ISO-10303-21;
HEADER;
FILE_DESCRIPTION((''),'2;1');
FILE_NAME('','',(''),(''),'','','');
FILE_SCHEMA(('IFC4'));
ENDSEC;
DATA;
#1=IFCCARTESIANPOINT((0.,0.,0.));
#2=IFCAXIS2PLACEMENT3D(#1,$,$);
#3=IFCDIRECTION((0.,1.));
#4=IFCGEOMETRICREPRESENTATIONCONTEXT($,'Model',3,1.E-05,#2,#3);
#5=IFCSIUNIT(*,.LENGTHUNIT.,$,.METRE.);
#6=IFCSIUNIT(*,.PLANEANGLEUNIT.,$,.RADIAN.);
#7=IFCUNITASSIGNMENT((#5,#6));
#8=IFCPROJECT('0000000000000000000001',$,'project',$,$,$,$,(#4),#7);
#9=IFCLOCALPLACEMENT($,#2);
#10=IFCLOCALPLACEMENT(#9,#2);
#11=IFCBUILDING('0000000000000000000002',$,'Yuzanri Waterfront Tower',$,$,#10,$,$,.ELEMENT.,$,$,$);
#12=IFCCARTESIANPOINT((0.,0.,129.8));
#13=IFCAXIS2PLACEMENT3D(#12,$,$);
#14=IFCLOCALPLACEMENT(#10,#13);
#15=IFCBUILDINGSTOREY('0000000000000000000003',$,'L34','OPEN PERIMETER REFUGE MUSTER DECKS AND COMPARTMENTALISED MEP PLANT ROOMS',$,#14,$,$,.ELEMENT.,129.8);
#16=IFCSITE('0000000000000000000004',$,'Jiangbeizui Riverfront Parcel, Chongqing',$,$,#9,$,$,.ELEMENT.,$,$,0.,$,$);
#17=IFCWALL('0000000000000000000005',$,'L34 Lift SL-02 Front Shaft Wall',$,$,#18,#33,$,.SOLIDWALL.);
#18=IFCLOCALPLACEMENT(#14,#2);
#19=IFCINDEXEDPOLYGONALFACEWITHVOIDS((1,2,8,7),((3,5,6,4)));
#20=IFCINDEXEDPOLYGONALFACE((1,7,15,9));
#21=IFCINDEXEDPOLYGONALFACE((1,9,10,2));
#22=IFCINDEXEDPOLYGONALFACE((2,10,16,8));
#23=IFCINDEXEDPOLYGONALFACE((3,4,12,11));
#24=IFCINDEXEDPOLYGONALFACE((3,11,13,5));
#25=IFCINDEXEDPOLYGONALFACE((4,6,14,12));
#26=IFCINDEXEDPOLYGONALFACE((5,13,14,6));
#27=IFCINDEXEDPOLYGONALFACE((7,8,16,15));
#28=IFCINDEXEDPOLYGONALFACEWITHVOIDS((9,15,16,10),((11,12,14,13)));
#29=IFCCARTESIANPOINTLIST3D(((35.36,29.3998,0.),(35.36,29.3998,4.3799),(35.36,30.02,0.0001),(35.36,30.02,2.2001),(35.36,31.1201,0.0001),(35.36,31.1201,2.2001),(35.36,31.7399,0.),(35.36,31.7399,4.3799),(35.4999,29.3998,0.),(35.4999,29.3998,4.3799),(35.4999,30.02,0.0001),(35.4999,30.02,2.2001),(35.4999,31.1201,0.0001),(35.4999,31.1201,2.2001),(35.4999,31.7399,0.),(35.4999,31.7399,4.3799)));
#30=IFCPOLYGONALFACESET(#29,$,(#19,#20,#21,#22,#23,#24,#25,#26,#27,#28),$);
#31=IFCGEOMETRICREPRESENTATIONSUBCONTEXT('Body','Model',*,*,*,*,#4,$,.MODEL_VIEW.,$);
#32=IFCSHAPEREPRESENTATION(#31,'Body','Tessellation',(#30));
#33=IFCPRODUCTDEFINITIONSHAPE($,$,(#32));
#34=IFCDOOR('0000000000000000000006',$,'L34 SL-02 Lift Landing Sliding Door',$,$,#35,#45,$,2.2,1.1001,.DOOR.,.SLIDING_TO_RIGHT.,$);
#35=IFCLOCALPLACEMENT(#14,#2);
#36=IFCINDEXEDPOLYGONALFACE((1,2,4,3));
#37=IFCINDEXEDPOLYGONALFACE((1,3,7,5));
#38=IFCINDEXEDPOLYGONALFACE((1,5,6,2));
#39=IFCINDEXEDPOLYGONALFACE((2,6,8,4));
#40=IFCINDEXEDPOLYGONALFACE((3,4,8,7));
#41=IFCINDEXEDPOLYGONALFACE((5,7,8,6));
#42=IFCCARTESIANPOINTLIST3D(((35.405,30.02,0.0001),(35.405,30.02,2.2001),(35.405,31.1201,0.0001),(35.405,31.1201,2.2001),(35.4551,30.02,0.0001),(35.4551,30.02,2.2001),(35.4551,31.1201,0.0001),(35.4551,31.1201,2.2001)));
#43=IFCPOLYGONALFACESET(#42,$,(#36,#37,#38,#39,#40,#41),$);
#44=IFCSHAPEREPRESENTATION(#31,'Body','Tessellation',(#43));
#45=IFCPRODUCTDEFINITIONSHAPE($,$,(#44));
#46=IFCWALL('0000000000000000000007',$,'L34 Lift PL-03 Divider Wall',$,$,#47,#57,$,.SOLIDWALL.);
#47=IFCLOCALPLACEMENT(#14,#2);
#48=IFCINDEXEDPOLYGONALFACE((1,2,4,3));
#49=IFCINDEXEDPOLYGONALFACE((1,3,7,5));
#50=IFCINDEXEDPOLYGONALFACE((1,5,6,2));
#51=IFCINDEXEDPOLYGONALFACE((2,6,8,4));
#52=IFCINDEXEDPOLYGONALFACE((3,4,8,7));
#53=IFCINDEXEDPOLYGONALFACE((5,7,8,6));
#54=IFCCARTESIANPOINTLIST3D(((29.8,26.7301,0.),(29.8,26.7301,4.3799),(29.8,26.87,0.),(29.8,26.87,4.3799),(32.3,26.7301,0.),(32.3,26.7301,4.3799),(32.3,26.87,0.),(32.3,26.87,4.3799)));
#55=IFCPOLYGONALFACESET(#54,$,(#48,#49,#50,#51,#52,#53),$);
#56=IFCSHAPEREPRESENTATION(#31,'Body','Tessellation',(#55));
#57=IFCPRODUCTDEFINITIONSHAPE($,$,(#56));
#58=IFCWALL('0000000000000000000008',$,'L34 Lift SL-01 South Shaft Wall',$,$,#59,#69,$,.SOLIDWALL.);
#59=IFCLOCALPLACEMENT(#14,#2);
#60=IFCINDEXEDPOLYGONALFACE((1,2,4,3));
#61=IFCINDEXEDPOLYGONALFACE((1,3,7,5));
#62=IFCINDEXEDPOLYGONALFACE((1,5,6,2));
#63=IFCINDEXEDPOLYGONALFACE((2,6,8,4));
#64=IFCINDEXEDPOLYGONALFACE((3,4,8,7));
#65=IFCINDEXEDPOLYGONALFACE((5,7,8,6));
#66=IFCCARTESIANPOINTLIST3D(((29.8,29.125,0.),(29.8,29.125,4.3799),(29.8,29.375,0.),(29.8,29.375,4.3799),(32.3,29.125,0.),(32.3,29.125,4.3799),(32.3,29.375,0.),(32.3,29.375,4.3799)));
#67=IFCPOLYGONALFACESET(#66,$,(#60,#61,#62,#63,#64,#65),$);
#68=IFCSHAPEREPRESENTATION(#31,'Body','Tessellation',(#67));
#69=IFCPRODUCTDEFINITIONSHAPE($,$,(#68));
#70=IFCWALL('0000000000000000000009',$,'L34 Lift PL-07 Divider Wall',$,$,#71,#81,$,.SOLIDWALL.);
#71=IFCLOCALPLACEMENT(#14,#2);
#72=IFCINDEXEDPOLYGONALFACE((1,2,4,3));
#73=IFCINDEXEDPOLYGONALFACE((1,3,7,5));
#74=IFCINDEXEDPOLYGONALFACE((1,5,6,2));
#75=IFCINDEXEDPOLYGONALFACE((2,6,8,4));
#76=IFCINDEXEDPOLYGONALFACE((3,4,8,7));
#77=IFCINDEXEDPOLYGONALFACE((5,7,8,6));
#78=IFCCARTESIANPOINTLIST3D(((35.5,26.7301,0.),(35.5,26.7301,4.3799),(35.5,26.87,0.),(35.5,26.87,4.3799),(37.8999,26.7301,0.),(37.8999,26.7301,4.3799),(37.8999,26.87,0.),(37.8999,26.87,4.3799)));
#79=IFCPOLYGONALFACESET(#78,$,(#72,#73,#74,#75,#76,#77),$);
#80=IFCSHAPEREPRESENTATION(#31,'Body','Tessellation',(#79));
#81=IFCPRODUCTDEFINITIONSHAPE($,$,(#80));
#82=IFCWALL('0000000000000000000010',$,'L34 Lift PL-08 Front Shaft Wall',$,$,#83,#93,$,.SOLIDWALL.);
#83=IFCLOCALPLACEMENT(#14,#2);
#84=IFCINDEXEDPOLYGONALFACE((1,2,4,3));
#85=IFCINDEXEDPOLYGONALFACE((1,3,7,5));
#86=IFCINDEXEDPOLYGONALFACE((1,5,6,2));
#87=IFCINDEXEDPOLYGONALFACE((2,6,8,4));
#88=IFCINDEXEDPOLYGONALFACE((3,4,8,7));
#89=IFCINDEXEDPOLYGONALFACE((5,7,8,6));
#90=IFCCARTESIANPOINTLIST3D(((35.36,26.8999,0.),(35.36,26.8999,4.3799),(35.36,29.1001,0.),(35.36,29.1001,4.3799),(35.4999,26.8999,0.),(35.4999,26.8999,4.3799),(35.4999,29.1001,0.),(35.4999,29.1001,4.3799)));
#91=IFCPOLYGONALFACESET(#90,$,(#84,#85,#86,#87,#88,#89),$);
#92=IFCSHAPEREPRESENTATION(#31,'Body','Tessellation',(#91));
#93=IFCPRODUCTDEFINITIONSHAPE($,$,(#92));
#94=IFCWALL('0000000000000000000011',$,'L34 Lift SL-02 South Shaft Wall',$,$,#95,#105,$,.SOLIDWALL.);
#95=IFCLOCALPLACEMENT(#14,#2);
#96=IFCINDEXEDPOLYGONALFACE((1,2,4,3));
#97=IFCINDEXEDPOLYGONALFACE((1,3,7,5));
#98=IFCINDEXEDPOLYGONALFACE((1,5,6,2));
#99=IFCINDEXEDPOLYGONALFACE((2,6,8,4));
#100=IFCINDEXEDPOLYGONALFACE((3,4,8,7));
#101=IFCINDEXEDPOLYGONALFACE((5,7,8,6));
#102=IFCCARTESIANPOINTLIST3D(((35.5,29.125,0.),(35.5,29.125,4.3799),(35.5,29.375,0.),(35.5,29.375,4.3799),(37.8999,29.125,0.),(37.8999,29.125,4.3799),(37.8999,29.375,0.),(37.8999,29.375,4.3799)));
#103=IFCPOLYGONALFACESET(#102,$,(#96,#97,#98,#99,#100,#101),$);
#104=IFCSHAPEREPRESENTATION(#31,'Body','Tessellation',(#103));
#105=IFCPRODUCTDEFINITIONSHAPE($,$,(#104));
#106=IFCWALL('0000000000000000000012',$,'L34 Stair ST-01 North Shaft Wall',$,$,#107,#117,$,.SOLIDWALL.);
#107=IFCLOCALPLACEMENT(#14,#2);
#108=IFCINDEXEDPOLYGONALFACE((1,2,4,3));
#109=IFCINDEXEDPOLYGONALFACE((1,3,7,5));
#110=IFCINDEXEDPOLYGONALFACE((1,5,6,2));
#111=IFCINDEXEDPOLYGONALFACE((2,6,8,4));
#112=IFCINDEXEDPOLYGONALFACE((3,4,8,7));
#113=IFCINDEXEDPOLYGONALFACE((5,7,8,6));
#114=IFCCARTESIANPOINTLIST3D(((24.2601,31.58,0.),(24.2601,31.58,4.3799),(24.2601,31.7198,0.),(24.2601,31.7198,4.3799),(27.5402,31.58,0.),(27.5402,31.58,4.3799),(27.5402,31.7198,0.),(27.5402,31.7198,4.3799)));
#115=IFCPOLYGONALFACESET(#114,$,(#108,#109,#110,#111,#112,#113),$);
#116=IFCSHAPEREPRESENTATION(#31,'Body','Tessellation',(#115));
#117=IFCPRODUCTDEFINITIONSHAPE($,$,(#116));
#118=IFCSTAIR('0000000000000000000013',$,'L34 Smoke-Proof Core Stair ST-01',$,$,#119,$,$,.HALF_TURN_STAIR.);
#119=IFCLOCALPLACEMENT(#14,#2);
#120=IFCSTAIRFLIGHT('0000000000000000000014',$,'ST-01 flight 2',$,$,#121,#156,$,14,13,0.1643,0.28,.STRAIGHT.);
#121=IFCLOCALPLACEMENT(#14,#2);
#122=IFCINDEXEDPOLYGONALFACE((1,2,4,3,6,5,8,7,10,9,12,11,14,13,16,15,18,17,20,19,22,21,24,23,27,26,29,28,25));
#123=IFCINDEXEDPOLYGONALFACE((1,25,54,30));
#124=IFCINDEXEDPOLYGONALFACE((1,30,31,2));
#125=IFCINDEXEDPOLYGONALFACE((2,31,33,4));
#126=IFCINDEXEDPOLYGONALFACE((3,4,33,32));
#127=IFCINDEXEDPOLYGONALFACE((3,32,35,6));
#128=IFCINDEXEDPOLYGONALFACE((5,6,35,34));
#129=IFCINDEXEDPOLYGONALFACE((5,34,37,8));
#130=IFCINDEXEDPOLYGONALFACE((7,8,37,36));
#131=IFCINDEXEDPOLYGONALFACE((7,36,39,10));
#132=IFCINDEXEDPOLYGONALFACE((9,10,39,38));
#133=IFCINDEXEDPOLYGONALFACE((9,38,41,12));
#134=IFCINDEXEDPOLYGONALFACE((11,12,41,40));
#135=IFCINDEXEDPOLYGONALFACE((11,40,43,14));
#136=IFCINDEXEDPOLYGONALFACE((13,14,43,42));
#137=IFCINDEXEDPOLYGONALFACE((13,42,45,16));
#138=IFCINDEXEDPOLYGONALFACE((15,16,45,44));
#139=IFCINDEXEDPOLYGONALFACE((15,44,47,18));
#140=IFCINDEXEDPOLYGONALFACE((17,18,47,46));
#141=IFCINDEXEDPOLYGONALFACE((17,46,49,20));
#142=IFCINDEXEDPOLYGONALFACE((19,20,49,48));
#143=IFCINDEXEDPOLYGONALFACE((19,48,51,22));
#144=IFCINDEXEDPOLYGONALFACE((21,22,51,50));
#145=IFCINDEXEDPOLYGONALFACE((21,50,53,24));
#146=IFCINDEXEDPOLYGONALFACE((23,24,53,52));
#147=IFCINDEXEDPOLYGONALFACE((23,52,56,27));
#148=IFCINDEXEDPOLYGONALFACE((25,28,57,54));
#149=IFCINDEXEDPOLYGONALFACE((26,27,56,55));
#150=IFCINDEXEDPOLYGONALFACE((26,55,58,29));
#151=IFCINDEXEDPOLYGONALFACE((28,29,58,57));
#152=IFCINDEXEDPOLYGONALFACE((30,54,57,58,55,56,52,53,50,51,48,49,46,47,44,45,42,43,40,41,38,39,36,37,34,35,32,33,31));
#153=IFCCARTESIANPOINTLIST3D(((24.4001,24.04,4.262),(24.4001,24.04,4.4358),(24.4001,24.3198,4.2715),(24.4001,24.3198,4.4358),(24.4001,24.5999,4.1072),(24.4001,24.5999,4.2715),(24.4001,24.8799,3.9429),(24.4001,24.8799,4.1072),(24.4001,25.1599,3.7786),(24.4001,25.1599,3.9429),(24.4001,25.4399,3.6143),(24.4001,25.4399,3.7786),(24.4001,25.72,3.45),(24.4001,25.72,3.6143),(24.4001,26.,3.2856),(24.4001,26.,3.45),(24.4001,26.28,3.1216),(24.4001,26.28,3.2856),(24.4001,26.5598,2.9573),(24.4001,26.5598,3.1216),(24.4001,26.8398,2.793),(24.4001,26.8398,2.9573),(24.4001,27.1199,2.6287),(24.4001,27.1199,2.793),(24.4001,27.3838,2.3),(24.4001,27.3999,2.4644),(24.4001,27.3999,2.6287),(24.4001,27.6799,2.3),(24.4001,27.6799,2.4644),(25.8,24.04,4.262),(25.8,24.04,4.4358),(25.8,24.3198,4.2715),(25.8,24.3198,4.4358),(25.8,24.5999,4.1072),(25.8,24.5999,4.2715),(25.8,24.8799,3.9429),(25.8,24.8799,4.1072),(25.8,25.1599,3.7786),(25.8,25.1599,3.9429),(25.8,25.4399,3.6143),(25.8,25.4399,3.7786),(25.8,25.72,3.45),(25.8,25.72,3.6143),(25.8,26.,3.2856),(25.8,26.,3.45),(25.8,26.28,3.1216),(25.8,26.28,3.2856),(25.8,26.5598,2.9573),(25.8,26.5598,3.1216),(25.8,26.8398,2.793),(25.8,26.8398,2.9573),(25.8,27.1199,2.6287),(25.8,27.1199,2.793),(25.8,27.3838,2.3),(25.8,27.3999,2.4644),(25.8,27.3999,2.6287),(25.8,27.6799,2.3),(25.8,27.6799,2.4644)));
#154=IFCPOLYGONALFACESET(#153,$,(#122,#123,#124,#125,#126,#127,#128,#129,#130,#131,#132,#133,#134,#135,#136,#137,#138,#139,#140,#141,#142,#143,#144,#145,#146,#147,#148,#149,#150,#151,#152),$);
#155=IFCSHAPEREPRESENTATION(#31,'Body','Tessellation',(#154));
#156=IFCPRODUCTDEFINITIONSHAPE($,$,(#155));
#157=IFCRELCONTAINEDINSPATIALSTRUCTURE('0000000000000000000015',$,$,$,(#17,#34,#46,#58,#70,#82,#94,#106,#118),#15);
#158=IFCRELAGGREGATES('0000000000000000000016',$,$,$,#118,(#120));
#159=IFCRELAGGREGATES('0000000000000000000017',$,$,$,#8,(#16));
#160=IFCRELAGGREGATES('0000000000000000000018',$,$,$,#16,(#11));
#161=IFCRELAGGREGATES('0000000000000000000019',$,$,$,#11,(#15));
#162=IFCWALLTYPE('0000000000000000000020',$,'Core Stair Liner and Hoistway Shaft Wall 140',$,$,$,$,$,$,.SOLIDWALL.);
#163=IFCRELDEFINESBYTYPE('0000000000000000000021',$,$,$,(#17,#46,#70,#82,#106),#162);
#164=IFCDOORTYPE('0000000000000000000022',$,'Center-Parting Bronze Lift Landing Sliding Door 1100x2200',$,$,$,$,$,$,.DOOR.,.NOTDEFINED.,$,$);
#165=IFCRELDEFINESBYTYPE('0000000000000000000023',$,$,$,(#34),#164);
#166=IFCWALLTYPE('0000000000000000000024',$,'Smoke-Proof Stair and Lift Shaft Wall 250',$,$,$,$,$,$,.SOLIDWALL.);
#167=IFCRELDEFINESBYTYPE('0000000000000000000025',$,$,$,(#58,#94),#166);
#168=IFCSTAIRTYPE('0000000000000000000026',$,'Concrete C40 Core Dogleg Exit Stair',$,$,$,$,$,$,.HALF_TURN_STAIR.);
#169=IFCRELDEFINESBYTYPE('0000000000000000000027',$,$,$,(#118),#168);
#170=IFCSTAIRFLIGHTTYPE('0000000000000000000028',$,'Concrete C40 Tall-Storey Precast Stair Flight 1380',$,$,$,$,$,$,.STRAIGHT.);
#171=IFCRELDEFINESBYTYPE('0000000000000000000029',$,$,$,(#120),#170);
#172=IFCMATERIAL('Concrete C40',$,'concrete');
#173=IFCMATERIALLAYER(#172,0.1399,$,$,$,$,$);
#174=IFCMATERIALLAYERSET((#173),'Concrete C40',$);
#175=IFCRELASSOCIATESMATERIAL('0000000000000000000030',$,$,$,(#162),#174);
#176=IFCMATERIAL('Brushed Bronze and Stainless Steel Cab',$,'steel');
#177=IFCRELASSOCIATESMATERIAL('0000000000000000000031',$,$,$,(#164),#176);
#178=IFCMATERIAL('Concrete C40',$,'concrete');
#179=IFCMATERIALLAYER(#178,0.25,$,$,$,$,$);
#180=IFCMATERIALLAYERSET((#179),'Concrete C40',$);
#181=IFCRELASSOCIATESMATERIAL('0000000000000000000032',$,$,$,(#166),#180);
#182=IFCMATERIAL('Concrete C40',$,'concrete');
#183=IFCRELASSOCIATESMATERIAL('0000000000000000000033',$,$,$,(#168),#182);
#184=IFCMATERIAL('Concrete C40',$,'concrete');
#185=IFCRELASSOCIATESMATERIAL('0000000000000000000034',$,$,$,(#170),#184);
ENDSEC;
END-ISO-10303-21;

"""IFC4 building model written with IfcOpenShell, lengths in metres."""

from ifc_helpers import new_model, si_unit, direction, frame, frame_2d, origin, place, context, subcontext, project, spatial, polyline, rectangle, outline, extrude, source, transform, mapped, material, layer, layer_set, type_object, element, fill, aggregate, save


model = new_model("IFC4")

# Units and contexts
model_context = context("Model", 3, precision=1e-05, world=origin(), true_north=direction((0.0, 1.0)))
body_context = subcontext(model_context, "Body", "Model", "MODEL_VIEW")
ifc_project = project(units=[si_unit("LENGTHUNIT", "METRE"), si_unit("PLANEANGLEUNIT", "RADIAN")], contexts=[model_context])

# Site, building, storey
site_placement = place(None, origin())
site = spatial("IfcSite", under=ifc_project, at=site_placement, Name="Jiangbeizui Riverfront Parcel, Chongqing", CompositionType="ELEMENT", RefElevation=0.0)
building_placement = place(site_placement, origin())
building = spatial("IfcBuilding", under=site, at=building_placement, Name="Yuzanri Waterfront Tower", CompositionType="ELEMENT")
storey_placement = place(building_placement, frame((0.0, 0.0, 129.8)))
storey = spatial("IfcBuildingStorey", under=building, at=storey_placement, Name="L34", Description="OPEN PERIMETER REFUGE MUSTER DECKS AND COMPARTMENTALISED MEP PLANT ROOMS", CompositionType="ELEMENT", Elevation=129.8)

# Wall, opening, door
ifc_material_1 = material(Name="Concrete C40", Category="concrete")
ifc_layer_1 = layer(ifc_material_1, 0.1399)
ifc_layer_set_1 = layer_set([ifc_layer_1], Name="Concrete C40")
wall_type_1 = type_object("IfcWallType", Name="Core Stair Liner and Hoistway Shaft Wall 140", PredefinedType="SOLIDWALL", material=ifc_layer_set_1)
ifc_material_2 = material(Name="Brushed Bronze and Stainless Steel Cab", Category="steel")
door_type_1 = type_object("IfcDoorType", Name="Center-Parting Bronze Lift Landing Sliding Door 1100x2200", OperationType="NOTDEFINED", PredefinedType="DOOR", material=ifc_material_2)
shared_shape_1 = source(origin(), body_context, "Body", "SweptSolid", [
    extrude(rectangle(XDim=1.1001, YDim=2.2, at=frame_2d((0.55, 1.1001))), frame((0.0, 0.0249, 0.0), z_axis=(0.0, -1.0, 0.0), x_axis=(1.0, 0.0, 0.0)), (0.0, 0.0, 1.0), 0.05),
])
wall_1_placement = place(storey_placement, frame((35.4299, 29.3999, 0.0), z_axis=(0.0, 0.0, 1.0), x_axis=(0.0, 1.0, 0.0)))
wall_1 = element("IfcWall", 1, at=wall_1_placement, inside=storey, type_object=wall_type_1, Name="L34 Lift SL-02 Front Shaft Wall", PredefinedType="SOLIDWALL", context=body_context, shape_type="SweptSolid", body=[
    extrude(rectangle(XDim=2.3401, YDim=0.1399, at=frame_2d((1.1699, 0.0))), origin(), (0.0, 0.0, 1.0), 4.3799),
])
opening_1_placement = place(wall_1_placement, frame((0.6201, 0.0, 0.0)))
opening_1 = element("IfcOpeningElement", 2, at=opening_1_placement, cuts=wall_1, PredefinedType="OPENING", context=body_context, shape_type="SweptSolid", body=[
    extrude(rectangle(XDim=1.1001, YDim=2.2, at=frame_2d((0.55, 1.1001))), frame((0.0, 0.085, 0.0), z_axis=(0.0, -1.0, 0.0), x_axis=(1.0, 0.0, 0.0)), (0.0, 0.0, 1.0), 0.1697),
])
door_1_placement = place(opening_1_placement, origin())
door_1 = element("IfcDoor", 3, at=door_1_placement, inside=storey, type_object=door_type_1, Name="L34 SL-02 Lift Landing Sliding Door", OperationType="SLIDING_TO_RIGHT", OverallHeight=2.2, OverallWidth=1.1001, PredefinedType="DOOR", context=body_context, shape_type="MappedRepresentation", body=[
    mapped(shared_shape_1, transform((0.0, 0.0, 0.0), scale=1.0)),
])
fill(opening_1, door_1)

# Walls
shared_shape_2 = source(origin(), body_context, "Body", "SweptSolid", [
    extrude(rectangle(XDim=2.5, YDim=0.1399, at=frame_2d((1.25, 0.0))), origin(), (0.0, 0.0, 1.0), 4.3799),
])
wall_2_placement = place(storey_placement, frame((29.8, 26.8, 0.0), z_axis=(0.0, 0.0, 1.0), x_axis=(1.0, 0.0, 0.0)))
element("IfcWall", 4, at=wall_2_placement, inside=storey, type_object=wall_type_1, Name="L34 Lift PL-03 Divider Wall", PredefinedType="SOLIDWALL", context=body_context, shape_type="MappedRepresentation", body=[
    mapped(shared_shape_2, transform((0.0, 0.0, 0.0), scale=1.0)),
])
ifc_material_3 = material(Name="Concrete C40", Category="concrete")
ifc_layer_2 = layer(ifc_material_3, 0.25)
ifc_layer_set_2 = layer_set([ifc_layer_2], Name="Concrete C40")
wall_type_2 = type_object("IfcWallType", Name="Smoke-Proof Stair and Lift Shaft Wall 250", PredefinedType="SOLIDWALL", material=ifc_layer_set_2)
shared_shape_3 = source(origin(), body_context, "Body", "SweptSolid", [
    extrude(rectangle(XDim=2.5, YDim=0.25, at=frame_2d((1.25, 0.0))), origin(), (0.0, 0.0, 1.0), 4.3799),
])
wall_3_placement = place(storey_placement, frame((29.8, 29.25, 0.0), z_axis=(0.0, 0.0, 1.0), x_axis=(1.0, 0.0, 0.0)))
element("IfcWall", 5, at=wall_3_placement, inside=storey, type_object=wall_type_2, Name="L34 Lift SL-01 South Shaft Wall", PredefinedType="SOLIDWALL", context=body_context, shape_type="MappedRepresentation", body=[
    mapped(shared_shape_3, transform((0.0, 0.0, 0.0), scale=1.0)),
])
shared_shape_4 = source(origin(), body_context, "Body", "SweptSolid", [
    extrude(rectangle(XDim=2.3999, YDim=0.1399, at=frame_2d((1.2, 0.0))), origin(), (0.0, 0.0, 1.0), 4.3799),
])
wall_4_placement = place(storey_placement, frame((35.5, 26.8, 0.0), z_axis=(0.0, 0.0, 1.0), x_axis=(1.0, 0.0, 0.0)))
element("IfcWall", 6, at=wall_4_placement, inside=storey, type_object=wall_type_1, Name="L34 Lift PL-07 Divider Wall", PredefinedType="SOLIDWALL", context=body_context, shape_type="MappedRepresentation", body=[
    mapped(shared_shape_4, transform((0.0, 0.0, 0.0), scale=1.0)),
])
shared_shape_5 = source(origin(), body_context, "Body", "SweptSolid", [
    extrude(rectangle(XDim=2.2002, YDim=0.1399, at=frame_2d((1.1001, 0.0))), origin(), (0.0, 0.0, 1.0), 4.3799),
])
wall_5_placement = place(storey_placement, frame((35.4299, 26.8999, 0.0), z_axis=(0.0, 0.0, 1.0), x_axis=(0.0, 1.0, 0.0)))
element("IfcWall", 7, at=wall_5_placement, inside=storey, type_object=wall_type_1, Name="L34 Lift PL-08 Front Shaft Wall", PredefinedType="SOLIDWALL", context=body_context, shape_type="MappedRepresentation", body=[
    mapped(shared_shape_5, transform((0.0, 0.0, 0.0), scale=1.0)),
])
shared_shape_6 = source(origin(), body_context, "Body", "SweptSolid", [
    extrude(rectangle(XDim=2.3999, YDim=0.25, at=frame_2d((1.2, 0.0))), origin(), (0.0, 0.0, 1.0), 4.3799),
])
wall_6_placement = place(storey_placement, frame((35.5, 29.25, 0.0), z_axis=(0.0, 0.0, 1.0), x_axis=(1.0, 0.0, 0.0)))
element("IfcWall", 8, at=wall_6_placement, inside=storey, type_object=wall_type_2, Name="L34 Lift SL-02 South Shaft Wall", PredefinedType="SOLIDWALL", context=body_context, shape_type="MappedRepresentation", body=[
    mapped(shared_shape_6, transform((0.0, 0.0, 0.0), scale=1.0)),
])
shared_shape_7 = source(origin(), body_context, "Body", "SweptSolid", [
    extrude(rectangle(XDim=3.28, YDim=0.1399, at=frame_2d((1.6401, 0.0))), origin(), (0.0, 0.0, 1.0), 4.3799),
])
wall_7_placement = place(storey_placement, frame((24.26, 31.6499, 0.0), z_axis=(0.0, 0.0, 1.0), x_axis=(1.0, 0.0, 0.0)))
element("IfcWall", 9, at=wall_7_placement, inside=storey, type_object=wall_type_1, Name="L34 Stair ST-01 North Shaft Wall", PredefinedType="SOLIDWALL", context=body_context, shape_type="MappedRepresentation", body=[
    mapped(shared_shape_7, transform((0.0, 0.0, 0.0), scale=1.0)),
])

# Stair, stair flight
ifc_material_4 = material(Name="Concrete C40", Category="concrete")
stair_type = type_object("IfcStairType", Name="Concrete C40 Core Dogleg Exit Stair", PredefinedType="HALF_TURN_STAIR", material=ifc_material_4)
stair_placement = place(storey_placement, origin())
stair = element("IfcStair", 10, at=stair_placement, inside=storey, type_object=stair_type, Name="L34 Smoke-Proof Core Stair ST-01", PredefinedType="HALF_TURN_STAIR")
ifc_material_5 = material(Name="Concrete C40", Category="concrete")
stair_flight_type = type_object("IfcStairFlightType", Name="Concrete C40 Tall-Storey Precast Stair Flight 1380", PredefinedType="STRAIGHT", material=ifc_material_5)
shared_shape_8 = source(origin(), body_context, "Body", "SweptSolid", [
    extrude(outline(polyline([(0.0, 0.0), (0.0, 0.1643), (0.28, 0.1643), (0.28, 0.3286), (0.5601, 0.3286), (0.5601, 0.4929), (0.8401, 0.4929), (0.8401, 0.6572), (1.1201, 0.6572), (1.1201, 0.8215), (1.3999, 0.8215), (1.3999, 0.9856), (1.6799, 0.9856), (1.6799, 1.1499), (1.96, 1.1499), (1.96, 1.3142), (2.24, 1.3142), (2.24, 1.4785), (2.52, 1.4785), (2.52, 1.6428), (2.8, 1.6428), (2.8, 1.8071), (3.0801, 1.8071), (3.0801, 1.9714), (3.3601, 1.9714), (3.3601, 2.1357), (3.6399, 2.1357), (3.6399, 2.3), (3.6399, 1.9619), (0.2961, 0.0), (0.0, 0.0)])), frame((0.0, 0.7, 0.0), z_axis=(0.0, -1.0, 0.0), x_axis=(1.0, 0.0, 0.0)), (0.0, 0.0, 1.0), 1.3999),
])
stair_flight_placement = place(storey_placement, frame((25.1001, 27.6799, 2.3), z_axis=(0.0, 0.0, 1.0), x_axis=(0.0, -1.0, 0.0)))
stair_flight = element("IfcStairFlight", 11, at=stair_flight_placement, type_object=stair_flight_type, Name="ST-01 flight 2", NumberOfRisers=14, NumberOfTreads=13, PredefinedType="STRAIGHT", RiserHeight=0.1643, TreadLength=0.28, context=body_context, shape_type="MappedRepresentation", body=[
    mapped(shared_shape_8, transform((0.0, 0.0, 0.0), scale=1.0)),
])
aggregate(stair, [stair_flight])

save(model, "model.ifc")
